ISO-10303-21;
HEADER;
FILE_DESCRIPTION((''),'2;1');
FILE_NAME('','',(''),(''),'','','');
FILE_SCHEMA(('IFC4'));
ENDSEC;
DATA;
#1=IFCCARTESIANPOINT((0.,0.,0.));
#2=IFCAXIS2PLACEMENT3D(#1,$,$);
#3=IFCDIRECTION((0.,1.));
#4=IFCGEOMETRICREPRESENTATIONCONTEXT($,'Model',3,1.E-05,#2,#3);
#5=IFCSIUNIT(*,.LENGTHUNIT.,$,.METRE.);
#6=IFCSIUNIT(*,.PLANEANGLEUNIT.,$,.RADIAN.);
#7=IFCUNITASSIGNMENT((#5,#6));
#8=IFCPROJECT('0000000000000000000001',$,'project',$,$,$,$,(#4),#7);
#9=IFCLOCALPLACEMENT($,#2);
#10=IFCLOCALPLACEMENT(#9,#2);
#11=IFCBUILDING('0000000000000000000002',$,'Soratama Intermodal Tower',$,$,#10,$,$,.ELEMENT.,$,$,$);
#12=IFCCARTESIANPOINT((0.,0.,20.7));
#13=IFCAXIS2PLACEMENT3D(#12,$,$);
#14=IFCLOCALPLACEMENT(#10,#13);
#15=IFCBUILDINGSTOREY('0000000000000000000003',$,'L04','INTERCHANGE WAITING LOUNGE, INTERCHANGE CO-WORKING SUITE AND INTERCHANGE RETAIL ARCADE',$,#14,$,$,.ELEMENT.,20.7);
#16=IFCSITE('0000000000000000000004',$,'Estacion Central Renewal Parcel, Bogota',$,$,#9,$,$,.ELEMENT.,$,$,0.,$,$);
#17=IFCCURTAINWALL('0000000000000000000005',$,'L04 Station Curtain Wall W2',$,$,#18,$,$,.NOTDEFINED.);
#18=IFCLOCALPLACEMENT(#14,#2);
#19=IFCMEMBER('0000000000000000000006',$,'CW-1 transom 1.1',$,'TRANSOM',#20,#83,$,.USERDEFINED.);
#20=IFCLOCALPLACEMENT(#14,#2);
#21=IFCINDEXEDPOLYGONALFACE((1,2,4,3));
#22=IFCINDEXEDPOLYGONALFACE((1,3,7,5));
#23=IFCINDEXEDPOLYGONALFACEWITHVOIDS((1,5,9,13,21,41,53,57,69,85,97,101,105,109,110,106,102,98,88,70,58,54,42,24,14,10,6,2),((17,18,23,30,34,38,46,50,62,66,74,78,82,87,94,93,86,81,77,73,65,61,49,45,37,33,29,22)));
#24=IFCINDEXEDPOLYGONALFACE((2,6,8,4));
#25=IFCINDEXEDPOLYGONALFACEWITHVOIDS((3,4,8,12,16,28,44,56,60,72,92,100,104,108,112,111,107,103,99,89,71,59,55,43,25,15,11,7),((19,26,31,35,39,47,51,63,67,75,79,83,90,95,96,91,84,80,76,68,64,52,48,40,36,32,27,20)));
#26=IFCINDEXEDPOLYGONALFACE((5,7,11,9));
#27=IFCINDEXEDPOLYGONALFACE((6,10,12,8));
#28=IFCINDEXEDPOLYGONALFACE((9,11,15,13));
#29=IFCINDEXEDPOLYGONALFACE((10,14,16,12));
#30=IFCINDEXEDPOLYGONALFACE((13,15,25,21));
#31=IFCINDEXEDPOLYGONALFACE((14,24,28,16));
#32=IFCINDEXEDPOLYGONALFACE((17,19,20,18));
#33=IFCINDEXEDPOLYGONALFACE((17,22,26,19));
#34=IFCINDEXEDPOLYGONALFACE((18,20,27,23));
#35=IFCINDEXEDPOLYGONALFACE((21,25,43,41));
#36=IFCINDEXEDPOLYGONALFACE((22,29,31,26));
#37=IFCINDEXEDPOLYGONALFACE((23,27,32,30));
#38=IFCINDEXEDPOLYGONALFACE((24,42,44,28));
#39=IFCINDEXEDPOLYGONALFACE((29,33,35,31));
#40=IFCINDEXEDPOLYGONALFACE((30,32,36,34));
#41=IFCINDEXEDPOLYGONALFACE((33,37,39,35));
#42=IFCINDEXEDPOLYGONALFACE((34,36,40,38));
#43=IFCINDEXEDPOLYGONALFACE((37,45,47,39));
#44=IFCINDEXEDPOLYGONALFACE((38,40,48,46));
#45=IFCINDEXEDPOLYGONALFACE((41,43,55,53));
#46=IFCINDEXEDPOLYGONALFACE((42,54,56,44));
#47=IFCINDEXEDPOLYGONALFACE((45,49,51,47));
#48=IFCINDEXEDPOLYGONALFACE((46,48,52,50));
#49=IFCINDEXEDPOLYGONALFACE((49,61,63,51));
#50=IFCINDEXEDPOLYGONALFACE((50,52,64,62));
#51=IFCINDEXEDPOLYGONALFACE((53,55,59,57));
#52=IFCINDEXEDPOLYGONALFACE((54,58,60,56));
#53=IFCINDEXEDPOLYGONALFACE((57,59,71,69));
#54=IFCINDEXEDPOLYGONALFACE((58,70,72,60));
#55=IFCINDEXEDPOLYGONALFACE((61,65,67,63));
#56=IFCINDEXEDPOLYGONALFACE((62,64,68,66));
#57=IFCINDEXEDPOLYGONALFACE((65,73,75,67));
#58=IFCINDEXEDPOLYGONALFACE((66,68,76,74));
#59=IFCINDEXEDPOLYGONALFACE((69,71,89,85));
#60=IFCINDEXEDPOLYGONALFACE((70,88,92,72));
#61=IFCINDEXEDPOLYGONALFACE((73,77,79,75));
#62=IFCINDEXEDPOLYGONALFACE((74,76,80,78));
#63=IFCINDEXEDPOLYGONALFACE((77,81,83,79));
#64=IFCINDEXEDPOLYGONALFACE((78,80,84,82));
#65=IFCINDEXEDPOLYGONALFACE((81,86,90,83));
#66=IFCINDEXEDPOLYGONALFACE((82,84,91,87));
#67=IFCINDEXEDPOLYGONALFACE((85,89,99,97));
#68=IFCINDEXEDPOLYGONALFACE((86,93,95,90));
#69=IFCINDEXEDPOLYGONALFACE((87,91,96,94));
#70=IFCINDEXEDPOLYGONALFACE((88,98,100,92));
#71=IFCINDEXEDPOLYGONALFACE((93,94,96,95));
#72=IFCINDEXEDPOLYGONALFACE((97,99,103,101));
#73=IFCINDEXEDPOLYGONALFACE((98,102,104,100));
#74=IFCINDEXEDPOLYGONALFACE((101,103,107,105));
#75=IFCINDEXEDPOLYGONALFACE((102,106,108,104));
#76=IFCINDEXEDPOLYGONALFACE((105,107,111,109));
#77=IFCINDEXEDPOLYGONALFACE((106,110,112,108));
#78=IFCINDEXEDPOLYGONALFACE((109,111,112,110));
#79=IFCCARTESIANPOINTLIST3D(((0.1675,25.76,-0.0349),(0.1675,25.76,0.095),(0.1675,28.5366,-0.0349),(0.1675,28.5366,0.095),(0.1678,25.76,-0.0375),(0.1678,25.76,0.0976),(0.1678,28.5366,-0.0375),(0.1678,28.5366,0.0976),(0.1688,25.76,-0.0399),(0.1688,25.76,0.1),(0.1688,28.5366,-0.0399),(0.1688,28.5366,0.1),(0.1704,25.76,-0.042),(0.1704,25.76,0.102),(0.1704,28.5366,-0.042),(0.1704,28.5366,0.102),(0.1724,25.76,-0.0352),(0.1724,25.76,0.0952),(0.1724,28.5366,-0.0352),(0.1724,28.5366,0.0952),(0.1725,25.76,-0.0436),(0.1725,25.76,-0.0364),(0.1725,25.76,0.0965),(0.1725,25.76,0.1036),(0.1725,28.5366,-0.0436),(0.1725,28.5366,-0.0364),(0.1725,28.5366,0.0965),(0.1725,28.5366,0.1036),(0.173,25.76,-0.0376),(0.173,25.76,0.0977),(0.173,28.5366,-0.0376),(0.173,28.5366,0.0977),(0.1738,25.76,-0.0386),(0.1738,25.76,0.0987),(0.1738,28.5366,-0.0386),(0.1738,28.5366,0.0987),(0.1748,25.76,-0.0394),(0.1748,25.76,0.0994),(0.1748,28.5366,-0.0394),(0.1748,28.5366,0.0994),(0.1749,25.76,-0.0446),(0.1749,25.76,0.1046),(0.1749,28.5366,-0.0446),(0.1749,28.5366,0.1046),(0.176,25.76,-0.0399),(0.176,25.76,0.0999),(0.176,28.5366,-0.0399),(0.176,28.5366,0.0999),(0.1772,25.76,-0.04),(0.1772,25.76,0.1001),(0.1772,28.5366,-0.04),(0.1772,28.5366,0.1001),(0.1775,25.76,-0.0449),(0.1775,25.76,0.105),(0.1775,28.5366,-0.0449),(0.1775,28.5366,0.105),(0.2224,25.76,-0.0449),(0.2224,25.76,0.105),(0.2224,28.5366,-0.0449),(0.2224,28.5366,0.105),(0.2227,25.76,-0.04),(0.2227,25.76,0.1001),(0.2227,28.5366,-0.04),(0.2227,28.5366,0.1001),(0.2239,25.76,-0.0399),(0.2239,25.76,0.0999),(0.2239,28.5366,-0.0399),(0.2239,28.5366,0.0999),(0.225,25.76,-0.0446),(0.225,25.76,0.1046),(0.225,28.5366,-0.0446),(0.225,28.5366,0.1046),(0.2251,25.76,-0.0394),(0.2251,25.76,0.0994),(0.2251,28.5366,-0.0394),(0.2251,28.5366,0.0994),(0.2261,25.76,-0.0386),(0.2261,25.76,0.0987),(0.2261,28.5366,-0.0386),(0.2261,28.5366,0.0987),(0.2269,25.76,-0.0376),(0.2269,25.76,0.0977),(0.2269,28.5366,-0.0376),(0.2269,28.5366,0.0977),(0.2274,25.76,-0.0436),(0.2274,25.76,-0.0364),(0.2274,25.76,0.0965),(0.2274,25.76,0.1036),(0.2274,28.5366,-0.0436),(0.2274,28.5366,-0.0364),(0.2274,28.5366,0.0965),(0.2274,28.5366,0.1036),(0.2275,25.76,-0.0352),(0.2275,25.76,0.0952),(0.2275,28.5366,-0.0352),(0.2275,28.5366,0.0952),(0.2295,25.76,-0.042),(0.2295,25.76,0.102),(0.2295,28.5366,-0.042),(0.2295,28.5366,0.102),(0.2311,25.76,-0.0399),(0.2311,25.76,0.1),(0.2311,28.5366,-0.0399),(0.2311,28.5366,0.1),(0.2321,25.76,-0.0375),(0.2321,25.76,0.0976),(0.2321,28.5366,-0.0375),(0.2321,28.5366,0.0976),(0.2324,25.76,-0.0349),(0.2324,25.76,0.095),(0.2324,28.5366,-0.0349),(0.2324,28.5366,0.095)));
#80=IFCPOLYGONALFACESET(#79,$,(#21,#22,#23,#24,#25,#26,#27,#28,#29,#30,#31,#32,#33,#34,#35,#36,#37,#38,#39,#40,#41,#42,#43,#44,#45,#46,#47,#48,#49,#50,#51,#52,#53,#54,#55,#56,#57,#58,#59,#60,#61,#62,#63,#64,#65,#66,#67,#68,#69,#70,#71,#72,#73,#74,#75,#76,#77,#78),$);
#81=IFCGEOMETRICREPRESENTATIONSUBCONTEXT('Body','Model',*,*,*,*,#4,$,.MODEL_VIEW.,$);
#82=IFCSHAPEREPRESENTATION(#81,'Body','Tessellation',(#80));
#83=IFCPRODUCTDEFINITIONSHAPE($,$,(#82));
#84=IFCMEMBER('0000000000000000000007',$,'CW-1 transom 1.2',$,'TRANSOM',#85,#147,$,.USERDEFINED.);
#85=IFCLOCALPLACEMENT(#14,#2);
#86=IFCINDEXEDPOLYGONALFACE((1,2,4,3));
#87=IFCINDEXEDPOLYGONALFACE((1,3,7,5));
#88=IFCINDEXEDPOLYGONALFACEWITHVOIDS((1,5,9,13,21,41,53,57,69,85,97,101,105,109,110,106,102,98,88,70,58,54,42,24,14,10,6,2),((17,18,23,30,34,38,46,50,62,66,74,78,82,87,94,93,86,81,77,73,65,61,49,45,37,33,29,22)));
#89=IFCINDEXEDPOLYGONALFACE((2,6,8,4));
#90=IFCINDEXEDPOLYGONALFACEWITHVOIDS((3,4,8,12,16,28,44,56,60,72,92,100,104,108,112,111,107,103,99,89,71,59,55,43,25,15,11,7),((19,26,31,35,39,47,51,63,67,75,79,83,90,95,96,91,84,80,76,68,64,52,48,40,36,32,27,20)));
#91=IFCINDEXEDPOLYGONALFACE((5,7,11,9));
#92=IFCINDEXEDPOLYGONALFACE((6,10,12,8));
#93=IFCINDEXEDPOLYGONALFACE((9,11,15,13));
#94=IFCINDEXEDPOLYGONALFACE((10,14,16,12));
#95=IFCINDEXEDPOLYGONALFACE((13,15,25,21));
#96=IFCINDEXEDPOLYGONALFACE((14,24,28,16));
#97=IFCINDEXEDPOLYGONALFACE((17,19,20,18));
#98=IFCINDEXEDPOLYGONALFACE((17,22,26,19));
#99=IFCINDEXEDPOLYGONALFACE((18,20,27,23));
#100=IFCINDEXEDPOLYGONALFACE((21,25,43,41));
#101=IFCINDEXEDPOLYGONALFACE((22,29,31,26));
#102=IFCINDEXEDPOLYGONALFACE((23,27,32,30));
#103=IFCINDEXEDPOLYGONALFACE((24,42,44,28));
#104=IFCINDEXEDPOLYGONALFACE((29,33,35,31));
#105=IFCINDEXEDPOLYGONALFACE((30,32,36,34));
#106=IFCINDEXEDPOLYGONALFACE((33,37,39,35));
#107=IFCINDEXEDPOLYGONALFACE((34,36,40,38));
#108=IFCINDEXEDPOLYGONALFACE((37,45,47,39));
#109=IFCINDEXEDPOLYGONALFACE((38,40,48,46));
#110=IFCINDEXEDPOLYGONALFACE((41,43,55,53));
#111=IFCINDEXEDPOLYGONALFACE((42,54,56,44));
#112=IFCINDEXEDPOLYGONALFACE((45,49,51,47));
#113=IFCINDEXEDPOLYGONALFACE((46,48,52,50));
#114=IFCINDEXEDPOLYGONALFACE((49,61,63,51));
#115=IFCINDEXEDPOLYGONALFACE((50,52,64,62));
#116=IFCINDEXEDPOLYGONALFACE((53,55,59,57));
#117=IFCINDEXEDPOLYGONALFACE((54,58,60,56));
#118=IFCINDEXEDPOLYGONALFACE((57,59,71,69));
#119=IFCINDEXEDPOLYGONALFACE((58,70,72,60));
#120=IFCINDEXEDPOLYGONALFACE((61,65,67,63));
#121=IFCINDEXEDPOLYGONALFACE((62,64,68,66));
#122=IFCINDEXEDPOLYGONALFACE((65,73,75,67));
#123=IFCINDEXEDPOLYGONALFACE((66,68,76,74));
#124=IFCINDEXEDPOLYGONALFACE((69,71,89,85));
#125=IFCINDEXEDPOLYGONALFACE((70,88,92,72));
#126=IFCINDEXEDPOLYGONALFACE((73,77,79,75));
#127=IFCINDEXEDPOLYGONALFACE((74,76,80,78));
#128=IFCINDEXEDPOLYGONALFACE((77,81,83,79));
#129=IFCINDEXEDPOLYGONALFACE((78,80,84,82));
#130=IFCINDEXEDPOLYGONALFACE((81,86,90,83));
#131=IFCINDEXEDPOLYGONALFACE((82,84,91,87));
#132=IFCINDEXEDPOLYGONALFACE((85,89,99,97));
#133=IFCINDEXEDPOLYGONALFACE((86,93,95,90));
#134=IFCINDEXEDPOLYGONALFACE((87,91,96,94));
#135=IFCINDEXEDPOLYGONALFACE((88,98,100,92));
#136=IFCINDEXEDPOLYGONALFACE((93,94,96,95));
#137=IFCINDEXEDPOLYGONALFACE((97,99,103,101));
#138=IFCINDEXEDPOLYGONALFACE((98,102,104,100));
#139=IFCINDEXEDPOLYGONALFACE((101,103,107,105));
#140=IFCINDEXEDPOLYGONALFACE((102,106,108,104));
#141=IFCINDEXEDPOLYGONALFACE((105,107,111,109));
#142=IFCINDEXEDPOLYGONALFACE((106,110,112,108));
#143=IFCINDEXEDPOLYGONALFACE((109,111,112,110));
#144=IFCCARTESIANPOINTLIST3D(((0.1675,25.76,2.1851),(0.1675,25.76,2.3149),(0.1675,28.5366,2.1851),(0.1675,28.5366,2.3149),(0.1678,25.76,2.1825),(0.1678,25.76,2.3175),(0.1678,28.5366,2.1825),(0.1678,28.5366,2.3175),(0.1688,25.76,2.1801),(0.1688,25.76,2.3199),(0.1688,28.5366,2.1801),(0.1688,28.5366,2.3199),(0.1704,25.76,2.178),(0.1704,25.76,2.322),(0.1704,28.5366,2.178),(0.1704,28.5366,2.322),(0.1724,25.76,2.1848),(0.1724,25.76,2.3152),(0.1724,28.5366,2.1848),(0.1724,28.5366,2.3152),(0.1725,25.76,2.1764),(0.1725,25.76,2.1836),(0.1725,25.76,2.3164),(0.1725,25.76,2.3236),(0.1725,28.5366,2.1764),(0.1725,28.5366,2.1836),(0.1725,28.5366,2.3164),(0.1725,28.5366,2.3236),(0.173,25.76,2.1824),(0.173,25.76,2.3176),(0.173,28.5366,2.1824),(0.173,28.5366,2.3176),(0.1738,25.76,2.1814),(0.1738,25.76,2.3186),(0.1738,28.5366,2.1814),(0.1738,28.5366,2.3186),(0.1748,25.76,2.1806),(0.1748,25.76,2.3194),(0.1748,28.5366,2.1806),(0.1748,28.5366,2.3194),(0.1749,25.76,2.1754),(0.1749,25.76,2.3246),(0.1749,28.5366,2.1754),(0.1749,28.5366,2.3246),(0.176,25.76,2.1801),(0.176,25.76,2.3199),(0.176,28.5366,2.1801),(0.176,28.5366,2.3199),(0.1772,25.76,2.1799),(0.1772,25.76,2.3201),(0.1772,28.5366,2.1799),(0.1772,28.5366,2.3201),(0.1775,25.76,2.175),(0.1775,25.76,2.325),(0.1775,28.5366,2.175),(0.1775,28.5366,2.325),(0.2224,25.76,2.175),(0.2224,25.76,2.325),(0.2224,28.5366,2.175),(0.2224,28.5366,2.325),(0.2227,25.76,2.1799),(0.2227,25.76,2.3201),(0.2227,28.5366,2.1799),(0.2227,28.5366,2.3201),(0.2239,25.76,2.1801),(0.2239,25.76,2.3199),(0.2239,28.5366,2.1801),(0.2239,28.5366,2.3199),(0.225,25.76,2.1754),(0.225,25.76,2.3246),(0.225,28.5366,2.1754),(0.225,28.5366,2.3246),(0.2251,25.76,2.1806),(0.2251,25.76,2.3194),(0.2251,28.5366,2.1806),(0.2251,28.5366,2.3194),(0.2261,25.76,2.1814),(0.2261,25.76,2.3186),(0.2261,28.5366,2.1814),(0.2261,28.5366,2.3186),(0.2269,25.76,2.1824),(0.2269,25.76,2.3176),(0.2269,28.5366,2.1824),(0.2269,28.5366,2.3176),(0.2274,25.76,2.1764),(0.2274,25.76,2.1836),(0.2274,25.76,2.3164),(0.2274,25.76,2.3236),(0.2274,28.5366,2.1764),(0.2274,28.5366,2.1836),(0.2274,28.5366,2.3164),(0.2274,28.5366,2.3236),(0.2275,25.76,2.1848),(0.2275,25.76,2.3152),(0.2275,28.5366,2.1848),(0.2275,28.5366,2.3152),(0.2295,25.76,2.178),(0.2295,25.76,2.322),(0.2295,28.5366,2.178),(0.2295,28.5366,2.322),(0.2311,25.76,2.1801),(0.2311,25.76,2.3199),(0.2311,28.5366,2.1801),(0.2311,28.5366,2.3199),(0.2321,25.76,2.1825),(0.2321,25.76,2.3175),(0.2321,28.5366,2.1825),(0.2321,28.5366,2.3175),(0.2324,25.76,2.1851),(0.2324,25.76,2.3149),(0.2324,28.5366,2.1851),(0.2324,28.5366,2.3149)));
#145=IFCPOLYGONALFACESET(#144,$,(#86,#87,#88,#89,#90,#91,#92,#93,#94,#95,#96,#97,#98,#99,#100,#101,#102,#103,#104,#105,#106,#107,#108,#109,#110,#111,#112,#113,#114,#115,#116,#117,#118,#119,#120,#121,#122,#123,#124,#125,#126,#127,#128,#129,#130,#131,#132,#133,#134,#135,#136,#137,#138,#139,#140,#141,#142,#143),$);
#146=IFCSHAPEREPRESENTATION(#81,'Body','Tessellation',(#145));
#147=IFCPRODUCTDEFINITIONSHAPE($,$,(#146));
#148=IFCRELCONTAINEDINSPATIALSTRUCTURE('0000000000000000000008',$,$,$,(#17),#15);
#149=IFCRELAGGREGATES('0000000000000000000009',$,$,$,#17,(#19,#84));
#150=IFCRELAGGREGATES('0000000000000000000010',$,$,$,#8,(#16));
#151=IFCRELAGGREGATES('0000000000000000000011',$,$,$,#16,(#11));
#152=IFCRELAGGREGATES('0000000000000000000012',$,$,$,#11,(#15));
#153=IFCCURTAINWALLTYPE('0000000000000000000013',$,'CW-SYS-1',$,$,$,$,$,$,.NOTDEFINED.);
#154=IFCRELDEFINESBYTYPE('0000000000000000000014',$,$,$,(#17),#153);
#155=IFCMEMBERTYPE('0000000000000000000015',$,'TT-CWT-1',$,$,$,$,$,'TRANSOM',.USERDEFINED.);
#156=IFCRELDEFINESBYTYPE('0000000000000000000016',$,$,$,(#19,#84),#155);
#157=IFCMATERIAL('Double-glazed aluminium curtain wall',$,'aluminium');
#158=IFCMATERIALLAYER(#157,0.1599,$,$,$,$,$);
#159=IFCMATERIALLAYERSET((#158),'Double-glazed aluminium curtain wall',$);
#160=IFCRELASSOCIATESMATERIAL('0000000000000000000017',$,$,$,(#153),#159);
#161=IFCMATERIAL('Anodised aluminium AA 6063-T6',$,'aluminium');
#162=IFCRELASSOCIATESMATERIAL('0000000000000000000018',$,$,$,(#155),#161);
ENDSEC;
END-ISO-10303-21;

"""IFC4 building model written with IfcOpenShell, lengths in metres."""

from ifc_helpers import new_model, si_unit, direction, frame, origin, origin_2d, place, context, subcontext, project, spatial, hollow_rectangle, extrude, material, layer, layer_set, material_profile, profile_set, type_object, element, aggregate, save


model = new_model("IFC4")

# Units and contexts
model_context = context("Model", 3, precision=1e-05, world=origin(), true_north=direction((0.0, 1.0)))
body_context = subcontext(model_context, "Body", "Model", "MODEL_VIEW")
ifc_project = project(units=[si_unit("LENGTHUNIT", "METRE"), si_unit("PLANEANGLEUNIT", "RADIAN")], contexts=[model_context])

# Site, building, storey
site_placement = place(None, origin())
site = spatial("IfcSite", under=ifc_project, at=site_placement, Name="Estacion Central Renewal Parcel, Bogota", CompositionType="ELEMENT", RefElevation=0.0)
building_placement = place(site_placement, origin())
building = spatial("IfcBuilding", under=site, at=building_placement, Name="Soratama Intermodal Tower", CompositionType="ELEMENT")
storey_placement = place(building_placement, frame((0.0, 0.0, 20.7)))
storey = spatial("IfcBuildingStorey", under=building, at=storey_placement, Name="L04", Description="INTERCHANGE WAITING LOUNGE, INTERCHANGE CO-WORKING SUITE AND INTERCHANGE RETAIL ARCADE", CompositionType="ELEMENT", Elevation=20.7)

# Shared definitions
ifc_material_1 = material(Name="Double-glazed aluminium curtain wall", Category="aluminium")
ifc_layer_1 = layer(ifc_material_1, 0.1599)
ifc_layer_set_1 = layer_set([ifc_layer_1], Name="Double-glazed aluminium curtain wall")
curtain_wall_type = type_object("IfcCurtainWallType", Name="CW-SYS-1", PredefinedType="NOTDEFINED", material=ifc_layer_set_1)

# Curtain wall, members
curtain_wall_1_placement = place(storey_placement, origin())
curtain_wall_1 = element("IfcCurtainWall", 1, at=curtain_wall_1_placement, inside=storey, type_object=curtain_wall_type, Name="L04 Station Curtain Wall W2", PredefinedType="NOTDEFINED")
ifc_material_2 = material(Name="Anodised aluminium AA 6063-T6", Category="aluminium")
ifc_material_profile_1 = material_profile(ifc_material_2, hollow_rectangle(XDim=0.0649, YDim=0.1499, WallThickness=0.0049, InnerFilletRadius=0.0049, OuterFilletRadius=0.01, at=origin_2d()), Name="CWT150X65X5")
ifc_profile_set_1 = profile_set([ifc_material_profile_1], Name="Anodised aluminium AA 6063-T6")
member_type_1 = type_object("IfcMemberType", Name="TT-CWT-1", ElementType="TRANSOM", PredefinedType="USERDEFINED", material=ifc_profile_set_1)
member_1_placement = place(storey_placement, frame((0.2, 25.76, 0.03), z_axis=(0.0, 1.0, 0.0), x_axis=(-1.0, 0.0, 0.0)))
member_1 = element("IfcMember", 2, at=member_1_placement, type_object=member_type_1, Name="CW-1 transom 1.1", ObjectType="TRANSOM", PredefinedType="USERDEFINED", context=body_context, shape_type="SweptSolid", body=[
    extrude(hollow_rectangle(XDim=0.0649, YDim=0.1499, WallThickness=0.0049, InnerFilletRadius=0.0049, OuterFilletRadius=0.01, at=origin_2d()), origin(), (0.0, 0.0, 1.0), 2.7766),
])
member_2_placement = place(storey_placement, frame((0.2, 25.76, 2.25), z_axis=(0.0, 1.0, 0.0), x_axis=(-1.0, 0.0, 0.0)))
member_2 = element("IfcMember", 3, at=member_2_placement, type_object=member_type_1, Name="CW-1 transom 1.2", ObjectType="TRANSOM", PredefinedType="USERDEFINED", context=body_context, shape_type="SweptSolid", body=[
    extrude(hollow_rectangle(XDim=0.0649, YDim=0.1499, WallThickness=0.0049, InnerFilletRadius=0.0049, OuterFilletRadius=0.01, at=origin_2d()), origin(), (0.0, 0.0, 1.0), 2.7766),
])

aggregate(curtain_wall_1, [member_1, member_2])

save(model, "model.ifc")
